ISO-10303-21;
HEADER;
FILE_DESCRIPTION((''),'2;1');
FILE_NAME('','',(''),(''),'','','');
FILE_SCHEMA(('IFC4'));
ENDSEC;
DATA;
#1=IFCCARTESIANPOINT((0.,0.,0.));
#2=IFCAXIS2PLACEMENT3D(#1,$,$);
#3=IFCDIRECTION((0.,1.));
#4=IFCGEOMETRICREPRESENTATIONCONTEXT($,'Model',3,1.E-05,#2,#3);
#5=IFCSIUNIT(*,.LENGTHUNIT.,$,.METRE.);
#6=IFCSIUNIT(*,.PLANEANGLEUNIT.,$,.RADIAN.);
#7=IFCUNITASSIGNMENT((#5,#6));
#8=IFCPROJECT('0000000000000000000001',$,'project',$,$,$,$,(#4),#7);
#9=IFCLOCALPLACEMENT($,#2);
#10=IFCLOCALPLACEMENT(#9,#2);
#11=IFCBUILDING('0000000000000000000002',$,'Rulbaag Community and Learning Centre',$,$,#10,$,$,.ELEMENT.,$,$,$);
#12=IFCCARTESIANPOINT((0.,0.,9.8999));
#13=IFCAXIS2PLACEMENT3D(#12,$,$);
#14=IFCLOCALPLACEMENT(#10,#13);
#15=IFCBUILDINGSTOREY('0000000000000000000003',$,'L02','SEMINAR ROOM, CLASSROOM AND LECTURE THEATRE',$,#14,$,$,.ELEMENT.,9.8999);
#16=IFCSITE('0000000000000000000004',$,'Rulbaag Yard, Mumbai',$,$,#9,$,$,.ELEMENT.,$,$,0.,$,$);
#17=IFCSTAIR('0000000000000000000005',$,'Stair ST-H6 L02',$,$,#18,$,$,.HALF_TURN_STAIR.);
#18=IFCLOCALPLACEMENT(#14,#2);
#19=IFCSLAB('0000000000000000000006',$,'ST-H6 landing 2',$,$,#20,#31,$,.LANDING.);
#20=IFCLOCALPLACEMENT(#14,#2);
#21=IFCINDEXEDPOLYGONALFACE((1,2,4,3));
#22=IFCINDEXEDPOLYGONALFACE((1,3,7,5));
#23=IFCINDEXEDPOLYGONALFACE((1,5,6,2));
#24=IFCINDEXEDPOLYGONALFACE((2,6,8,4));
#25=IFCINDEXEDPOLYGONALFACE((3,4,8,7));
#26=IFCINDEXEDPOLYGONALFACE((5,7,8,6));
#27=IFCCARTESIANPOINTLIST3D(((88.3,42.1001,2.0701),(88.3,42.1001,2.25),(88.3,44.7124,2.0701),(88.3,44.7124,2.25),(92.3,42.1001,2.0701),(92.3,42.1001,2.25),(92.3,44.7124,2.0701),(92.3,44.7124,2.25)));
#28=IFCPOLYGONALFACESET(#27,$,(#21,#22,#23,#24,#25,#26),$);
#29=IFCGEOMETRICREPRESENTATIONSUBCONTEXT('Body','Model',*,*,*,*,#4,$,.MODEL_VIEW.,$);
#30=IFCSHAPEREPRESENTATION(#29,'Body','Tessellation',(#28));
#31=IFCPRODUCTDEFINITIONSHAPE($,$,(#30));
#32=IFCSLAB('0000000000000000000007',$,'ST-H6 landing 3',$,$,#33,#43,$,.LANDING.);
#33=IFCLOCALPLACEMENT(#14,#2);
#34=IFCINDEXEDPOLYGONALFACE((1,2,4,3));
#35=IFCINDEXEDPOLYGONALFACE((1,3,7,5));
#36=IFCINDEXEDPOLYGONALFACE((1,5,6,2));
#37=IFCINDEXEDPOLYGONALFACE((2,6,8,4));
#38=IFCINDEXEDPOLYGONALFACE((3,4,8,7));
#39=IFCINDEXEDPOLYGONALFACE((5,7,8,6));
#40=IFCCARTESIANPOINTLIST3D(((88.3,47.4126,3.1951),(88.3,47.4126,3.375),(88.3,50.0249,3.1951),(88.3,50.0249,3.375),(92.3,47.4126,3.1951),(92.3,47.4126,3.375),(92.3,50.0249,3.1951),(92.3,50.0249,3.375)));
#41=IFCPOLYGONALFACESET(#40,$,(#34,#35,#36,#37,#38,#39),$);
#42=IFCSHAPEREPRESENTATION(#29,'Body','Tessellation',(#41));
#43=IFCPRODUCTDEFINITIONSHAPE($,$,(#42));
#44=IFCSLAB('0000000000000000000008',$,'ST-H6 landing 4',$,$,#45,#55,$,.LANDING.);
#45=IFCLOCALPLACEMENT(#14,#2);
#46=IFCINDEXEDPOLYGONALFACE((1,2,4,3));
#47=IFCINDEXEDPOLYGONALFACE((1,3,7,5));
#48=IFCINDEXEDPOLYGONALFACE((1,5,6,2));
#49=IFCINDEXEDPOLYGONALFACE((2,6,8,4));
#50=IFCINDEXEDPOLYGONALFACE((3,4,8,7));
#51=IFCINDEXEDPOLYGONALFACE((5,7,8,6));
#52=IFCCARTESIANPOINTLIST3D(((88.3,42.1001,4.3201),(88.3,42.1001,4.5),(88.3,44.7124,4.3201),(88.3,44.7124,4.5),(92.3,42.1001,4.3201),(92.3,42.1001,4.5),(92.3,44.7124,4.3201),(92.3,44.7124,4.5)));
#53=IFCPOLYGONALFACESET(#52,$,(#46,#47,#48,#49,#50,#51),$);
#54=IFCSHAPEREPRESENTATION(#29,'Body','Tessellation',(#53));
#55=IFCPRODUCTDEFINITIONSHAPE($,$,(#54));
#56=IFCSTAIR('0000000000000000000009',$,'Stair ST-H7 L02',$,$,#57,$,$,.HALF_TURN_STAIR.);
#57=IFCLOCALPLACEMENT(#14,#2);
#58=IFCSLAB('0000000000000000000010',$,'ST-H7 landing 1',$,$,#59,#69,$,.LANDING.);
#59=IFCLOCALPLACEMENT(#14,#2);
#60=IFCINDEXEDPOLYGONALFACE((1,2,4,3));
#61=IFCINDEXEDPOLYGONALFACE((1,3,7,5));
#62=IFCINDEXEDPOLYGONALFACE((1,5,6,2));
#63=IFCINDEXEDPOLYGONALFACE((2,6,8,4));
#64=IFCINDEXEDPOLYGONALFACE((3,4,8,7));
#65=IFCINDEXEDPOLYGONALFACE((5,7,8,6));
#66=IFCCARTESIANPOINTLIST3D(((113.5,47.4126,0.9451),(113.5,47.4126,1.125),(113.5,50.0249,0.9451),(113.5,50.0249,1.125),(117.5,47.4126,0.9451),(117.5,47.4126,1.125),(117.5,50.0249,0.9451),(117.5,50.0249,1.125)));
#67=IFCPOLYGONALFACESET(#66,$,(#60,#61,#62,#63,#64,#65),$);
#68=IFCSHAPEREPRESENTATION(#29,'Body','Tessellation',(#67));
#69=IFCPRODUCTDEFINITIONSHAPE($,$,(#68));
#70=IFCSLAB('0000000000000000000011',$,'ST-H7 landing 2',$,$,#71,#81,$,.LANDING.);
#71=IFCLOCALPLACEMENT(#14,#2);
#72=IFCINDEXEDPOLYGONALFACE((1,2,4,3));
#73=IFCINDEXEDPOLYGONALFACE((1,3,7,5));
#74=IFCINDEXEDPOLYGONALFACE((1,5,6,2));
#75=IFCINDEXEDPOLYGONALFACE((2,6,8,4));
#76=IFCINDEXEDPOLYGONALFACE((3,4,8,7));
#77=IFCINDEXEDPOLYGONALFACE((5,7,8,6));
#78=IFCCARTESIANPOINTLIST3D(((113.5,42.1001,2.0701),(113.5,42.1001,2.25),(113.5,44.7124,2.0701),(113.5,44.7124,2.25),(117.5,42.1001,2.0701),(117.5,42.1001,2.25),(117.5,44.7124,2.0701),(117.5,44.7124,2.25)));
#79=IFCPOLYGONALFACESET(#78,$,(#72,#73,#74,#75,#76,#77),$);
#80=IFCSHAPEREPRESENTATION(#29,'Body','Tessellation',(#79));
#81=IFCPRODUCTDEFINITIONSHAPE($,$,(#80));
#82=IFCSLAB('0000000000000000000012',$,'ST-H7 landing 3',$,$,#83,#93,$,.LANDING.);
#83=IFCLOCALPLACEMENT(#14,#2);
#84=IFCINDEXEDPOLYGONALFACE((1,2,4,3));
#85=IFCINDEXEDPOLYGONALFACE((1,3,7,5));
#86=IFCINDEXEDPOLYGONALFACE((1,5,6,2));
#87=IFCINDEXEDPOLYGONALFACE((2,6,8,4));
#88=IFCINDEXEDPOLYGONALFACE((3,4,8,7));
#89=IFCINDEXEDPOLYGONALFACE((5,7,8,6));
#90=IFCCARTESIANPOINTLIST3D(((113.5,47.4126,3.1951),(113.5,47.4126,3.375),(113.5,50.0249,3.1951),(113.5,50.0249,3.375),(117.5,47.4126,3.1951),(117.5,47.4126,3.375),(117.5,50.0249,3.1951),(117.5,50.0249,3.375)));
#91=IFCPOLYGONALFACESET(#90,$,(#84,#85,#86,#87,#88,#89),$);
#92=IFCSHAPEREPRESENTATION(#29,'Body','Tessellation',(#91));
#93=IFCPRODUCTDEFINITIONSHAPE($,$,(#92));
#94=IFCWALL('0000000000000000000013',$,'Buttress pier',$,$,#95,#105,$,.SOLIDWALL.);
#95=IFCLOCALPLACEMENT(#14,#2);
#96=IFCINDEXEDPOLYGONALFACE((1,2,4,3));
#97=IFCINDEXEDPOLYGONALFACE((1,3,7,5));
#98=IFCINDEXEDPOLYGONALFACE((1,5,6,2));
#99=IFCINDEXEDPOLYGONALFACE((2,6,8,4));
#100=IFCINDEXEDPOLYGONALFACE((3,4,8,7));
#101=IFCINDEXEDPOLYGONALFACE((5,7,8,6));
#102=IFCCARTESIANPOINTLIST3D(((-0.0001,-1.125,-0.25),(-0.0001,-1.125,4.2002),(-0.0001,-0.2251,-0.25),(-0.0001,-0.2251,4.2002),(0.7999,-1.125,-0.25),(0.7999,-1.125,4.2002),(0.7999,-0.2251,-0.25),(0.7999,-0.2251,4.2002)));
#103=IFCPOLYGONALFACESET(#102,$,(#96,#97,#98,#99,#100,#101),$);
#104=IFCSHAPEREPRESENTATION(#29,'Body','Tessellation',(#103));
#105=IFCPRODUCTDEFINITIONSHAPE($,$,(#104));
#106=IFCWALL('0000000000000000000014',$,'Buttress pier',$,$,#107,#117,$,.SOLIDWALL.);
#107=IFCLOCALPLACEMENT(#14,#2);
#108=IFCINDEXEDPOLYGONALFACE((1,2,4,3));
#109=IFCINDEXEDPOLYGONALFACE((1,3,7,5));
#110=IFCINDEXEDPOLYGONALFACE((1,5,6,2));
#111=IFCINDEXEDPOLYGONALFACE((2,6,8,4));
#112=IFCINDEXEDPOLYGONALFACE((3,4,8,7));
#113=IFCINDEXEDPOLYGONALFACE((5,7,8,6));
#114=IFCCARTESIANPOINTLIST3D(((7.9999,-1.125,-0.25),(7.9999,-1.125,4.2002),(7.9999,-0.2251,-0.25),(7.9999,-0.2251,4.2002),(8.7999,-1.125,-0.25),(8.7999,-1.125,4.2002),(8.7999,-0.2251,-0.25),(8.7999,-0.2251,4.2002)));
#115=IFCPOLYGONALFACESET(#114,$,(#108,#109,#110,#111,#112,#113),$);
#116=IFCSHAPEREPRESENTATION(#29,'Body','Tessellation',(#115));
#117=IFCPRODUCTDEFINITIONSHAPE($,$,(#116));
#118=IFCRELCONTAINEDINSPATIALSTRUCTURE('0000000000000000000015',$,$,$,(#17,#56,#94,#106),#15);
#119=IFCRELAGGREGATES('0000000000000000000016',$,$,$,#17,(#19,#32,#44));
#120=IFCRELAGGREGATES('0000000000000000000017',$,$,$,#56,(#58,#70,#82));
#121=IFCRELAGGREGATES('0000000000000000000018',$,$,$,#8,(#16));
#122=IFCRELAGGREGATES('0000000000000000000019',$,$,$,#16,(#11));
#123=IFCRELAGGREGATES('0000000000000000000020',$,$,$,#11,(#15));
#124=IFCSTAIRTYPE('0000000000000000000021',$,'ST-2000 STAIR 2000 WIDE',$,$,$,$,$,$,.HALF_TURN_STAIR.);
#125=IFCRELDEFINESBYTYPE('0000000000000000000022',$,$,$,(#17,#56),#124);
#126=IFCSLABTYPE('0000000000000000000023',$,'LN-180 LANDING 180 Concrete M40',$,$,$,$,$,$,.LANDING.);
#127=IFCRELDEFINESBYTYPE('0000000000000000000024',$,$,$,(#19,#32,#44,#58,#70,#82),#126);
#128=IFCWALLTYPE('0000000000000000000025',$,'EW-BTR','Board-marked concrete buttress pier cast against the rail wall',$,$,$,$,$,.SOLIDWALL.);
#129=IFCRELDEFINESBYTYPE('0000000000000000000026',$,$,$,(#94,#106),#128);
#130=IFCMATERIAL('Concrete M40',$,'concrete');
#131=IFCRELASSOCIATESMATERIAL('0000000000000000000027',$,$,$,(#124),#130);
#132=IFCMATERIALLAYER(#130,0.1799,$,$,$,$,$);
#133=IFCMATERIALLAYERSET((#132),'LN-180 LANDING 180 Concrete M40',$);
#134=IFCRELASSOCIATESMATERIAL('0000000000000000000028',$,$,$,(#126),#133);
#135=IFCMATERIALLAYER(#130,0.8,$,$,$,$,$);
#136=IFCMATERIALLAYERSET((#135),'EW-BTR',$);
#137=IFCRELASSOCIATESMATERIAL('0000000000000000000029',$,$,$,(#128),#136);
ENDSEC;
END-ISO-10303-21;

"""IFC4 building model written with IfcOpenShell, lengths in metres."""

from ifc_helpers import new_model, si_unit, direction, frame, frame_2d, origin, place, context, subcontext, project, spatial, polyline, rectangle, outline, extrude, material, layer, layer_set, type_object, element, aggregate, save


model = new_model("IFC4")

# Units and contexts
model_context = context("Model", 3, precision=1e-05, world=origin(), true_north=direction((0.0, 1.0)))
body_context = subcontext(model_context, "Body", "Model", "MODEL_VIEW")
ifc_project = project(units=[si_unit("LENGTHUNIT", "METRE"), si_unit("PLANEANGLEUNIT", "RADIAN")], contexts=[model_context])

# Site, building, storey
site_placement = place(None, origin())
site = spatial("IfcSite", under=ifc_project, at=site_placement, Name="Rulbaag Yard, Mumbai", CompositionType="ELEMENT", RefElevation=0.0)
building_placement = place(site_placement, origin())
building = spatial("IfcBuilding", under=site, at=building_placement, Name="Rulbaag Community and Learning Centre", CompositionType="ELEMENT")
storey_placement = place(building_placement, frame((0.0, 0.0, 9.8999)))
storey = spatial("IfcBuildingStorey", under=building, at=storey_placement, Name="L02", Description="SEMINAR ROOM, CLASSROOM AND LECTURE THEATRE", CompositionType="ELEMENT", Elevation=9.8999)

# Stairs, slabs
ifc_material = material(Name="Concrete M40", Category="concrete")
stair_type_1 = type_object("IfcStairType", Name="ST-2000 STAIR 2000 WIDE", PredefinedType="HALF_TURN_STAIR", material=ifc_material)
ifc_layer_1 = layer(ifc_material, 0.1799)
ifc_layer_set_1 = layer_set([ifc_layer_1], Name="LN-180 LANDING 180 Concrete M40")
slab_type = type_object("IfcSlabType", Name="LN-180 LANDING 180 Concrete M40", PredefinedType="LANDING", material=ifc_layer_set_1)
stair_1_placement = place(storey_placement, origin())
stair_1 = element("IfcStair", 1, at=stair_1_placement, inside=storey, type_object=stair_type_1, Name="Stair ST-H6 L02", PredefinedType="HALF_TURN_STAIR")
slab_1_placement = place(storey_placement, frame((0.0, 0.0, 2.0701)))
slab_1 = element("IfcSlab", 2, at=slab_1_placement, type_object=slab_type, Name="ST-H6 landing 2", PredefinedType="LANDING", context=body_context, shape_type="SweptSolid", body=[
    extrude(outline(polyline([(88.3, 42.1001), (88.3, 44.7124), (92.3, 44.7124), (92.3, 42.1001), (88.3, 42.1001)])), origin(), (0.0, 0.0, 1.0), 0.1799),
])
slab_2_placement = place(storey_placement, frame((0.0, 0.0, 3.1951)))
slab_2 = element("IfcSlab", 3, at=slab_2_placement, type_object=slab_type, Name="ST-H6 landing 3", PredefinedType="LANDING", context=body_context, shape_type="SweptSolid", body=[
    extrude(outline(polyline([(88.3, 47.4126), (88.3, 50.0249), (92.3, 50.0249), (92.3, 47.4126), (88.3, 47.4126)])), origin(), (0.0, 0.0, 1.0), 0.1799),
])
slab_3_placement = place(storey_placement, frame((0.0, 0.0, 4.3201)))
slab_3 = element("IfcSlab", 4, at=slab_3_placement, type_object=slab_type, Name="ST-H6 landing 4", PredefinedType="LANDING", context=body_context, shape_type="SweptSolid", body=[
    extrude(outline(polyline([(88.3, 42.1001), (88.3, 44.7124), (92.3, 44.7124), (92.3, 42.1001), (88.3, 42.1001)])), origin(), (0.0, 0.0, 1.0), 0.1799),
])
aggregate(stair_1, [slab_1, slab_2, slab_3])
stair_2_placement = place(storey_placement, origin())
stair_2 = element("IfcStair", 5, at=stair_2_placement, inside=storey, type_object=stair_type_1, Name="Stair ST-H7 L02", PredefinedType="HALF_TURN_STAIR")
slab_4_placement = place(storey_placement, frame((0.0, 0.0, 0.9451)))
slab_4 = element("IfcSlab", 6, at=slab_4_placement, type_object=slab_type, Name="ST-H7 landing 1", PredefinedType="LANDING", context=body_context, shape_type="SweptSolid", body=[
    extrude(outline(polyline([(113.5, 47.4126), (113.5, 50.0249), (117.5, 50.0249), (117.5, 47.4126), (113.5, 47.4126)])), origin(), (0.0, 0.0, 1.0), 0.1799),
])
slab_5_placement = place(storey_placement, frame((0.0, 0.0, 2.0701)))
slab_5 = element("IfcSlab", 7, at=slab_5_placement, type_object=slab_type, Name="ST-H7 landing 2", PredefinedType="LANDING", context=body_context, shape_type="SweptSolid", body=[
    extrude(outline(polyline([(113.5, 42.1001), (113.5, 44.7124), (117.5, 44.7124), (117.5, 42.1001), (113.5, 42.1001)])), origin(), (0.0, 0.0, 1.0), 0.1799),
])
slab_6_placement = place(storey_placement, frame((0.0, 0.0, 3.1951)))
slab_6 = element("IfcSlab", 8, at=slab_6_placement, type_object=slab_type, Name="ST-H7 landing 3", PredefinedType="LANDING", context=body_context, shape_type="SweptSolid", body=[
    extrude(outline(polyline([(113.5, 47.4126), (113.5, 50.0249), (117.5, 50.0249), (117.5, 47.4126), (113.5, 47.4126)])), origin(), (0.0, 0.0, 1.0), 0.1799),
])
aggregate(stair_2, [slab_4, slab_5, slab_6])

# Walls
ifc_layer_2 = layer(ifc_material, 0.8)
ifc_layer_set_2 = layer_set([ifc_layer_2], Name="EW-BTR")
wall_type = type_object("IfcWallType", Name="EW-BTR", Description="Board-marked concrete buttress pier cast against the rail wall", PredefinedType="SOLIDWALL", material=ifc_layer_set_2)
for number, where, z_axis, x_axis, name in (
    (9, (0.3999, -0.2251, -0.25), (0.0, 0.0, 1.0), (0.0, -1.0, 0.0), "Buttress pier"),
    (10, (8.3999, -0.2251, -0.25), (0.0, 0.0, 1.0), (0.0, -1.0, 0.0), "Buttress pier"),
):
    element("IfcWall", number, at=place(storey_placement, frame(where, z_axis=z_axis, x_axis=x_axis)), inside=storey, type_object=wall_type, Name=name, PredefinedType="SOLIDWALL", context=body_context, shape_type="SweptSolid", body=[
        extrude(rectangle(XDim=0.8999, YDim=0.8, at=frame_2d((0.45, 0.0))), origin(), (0.0, 0.0, 1.0), 4.4502),
    ])

save(model, "model.ifc")
